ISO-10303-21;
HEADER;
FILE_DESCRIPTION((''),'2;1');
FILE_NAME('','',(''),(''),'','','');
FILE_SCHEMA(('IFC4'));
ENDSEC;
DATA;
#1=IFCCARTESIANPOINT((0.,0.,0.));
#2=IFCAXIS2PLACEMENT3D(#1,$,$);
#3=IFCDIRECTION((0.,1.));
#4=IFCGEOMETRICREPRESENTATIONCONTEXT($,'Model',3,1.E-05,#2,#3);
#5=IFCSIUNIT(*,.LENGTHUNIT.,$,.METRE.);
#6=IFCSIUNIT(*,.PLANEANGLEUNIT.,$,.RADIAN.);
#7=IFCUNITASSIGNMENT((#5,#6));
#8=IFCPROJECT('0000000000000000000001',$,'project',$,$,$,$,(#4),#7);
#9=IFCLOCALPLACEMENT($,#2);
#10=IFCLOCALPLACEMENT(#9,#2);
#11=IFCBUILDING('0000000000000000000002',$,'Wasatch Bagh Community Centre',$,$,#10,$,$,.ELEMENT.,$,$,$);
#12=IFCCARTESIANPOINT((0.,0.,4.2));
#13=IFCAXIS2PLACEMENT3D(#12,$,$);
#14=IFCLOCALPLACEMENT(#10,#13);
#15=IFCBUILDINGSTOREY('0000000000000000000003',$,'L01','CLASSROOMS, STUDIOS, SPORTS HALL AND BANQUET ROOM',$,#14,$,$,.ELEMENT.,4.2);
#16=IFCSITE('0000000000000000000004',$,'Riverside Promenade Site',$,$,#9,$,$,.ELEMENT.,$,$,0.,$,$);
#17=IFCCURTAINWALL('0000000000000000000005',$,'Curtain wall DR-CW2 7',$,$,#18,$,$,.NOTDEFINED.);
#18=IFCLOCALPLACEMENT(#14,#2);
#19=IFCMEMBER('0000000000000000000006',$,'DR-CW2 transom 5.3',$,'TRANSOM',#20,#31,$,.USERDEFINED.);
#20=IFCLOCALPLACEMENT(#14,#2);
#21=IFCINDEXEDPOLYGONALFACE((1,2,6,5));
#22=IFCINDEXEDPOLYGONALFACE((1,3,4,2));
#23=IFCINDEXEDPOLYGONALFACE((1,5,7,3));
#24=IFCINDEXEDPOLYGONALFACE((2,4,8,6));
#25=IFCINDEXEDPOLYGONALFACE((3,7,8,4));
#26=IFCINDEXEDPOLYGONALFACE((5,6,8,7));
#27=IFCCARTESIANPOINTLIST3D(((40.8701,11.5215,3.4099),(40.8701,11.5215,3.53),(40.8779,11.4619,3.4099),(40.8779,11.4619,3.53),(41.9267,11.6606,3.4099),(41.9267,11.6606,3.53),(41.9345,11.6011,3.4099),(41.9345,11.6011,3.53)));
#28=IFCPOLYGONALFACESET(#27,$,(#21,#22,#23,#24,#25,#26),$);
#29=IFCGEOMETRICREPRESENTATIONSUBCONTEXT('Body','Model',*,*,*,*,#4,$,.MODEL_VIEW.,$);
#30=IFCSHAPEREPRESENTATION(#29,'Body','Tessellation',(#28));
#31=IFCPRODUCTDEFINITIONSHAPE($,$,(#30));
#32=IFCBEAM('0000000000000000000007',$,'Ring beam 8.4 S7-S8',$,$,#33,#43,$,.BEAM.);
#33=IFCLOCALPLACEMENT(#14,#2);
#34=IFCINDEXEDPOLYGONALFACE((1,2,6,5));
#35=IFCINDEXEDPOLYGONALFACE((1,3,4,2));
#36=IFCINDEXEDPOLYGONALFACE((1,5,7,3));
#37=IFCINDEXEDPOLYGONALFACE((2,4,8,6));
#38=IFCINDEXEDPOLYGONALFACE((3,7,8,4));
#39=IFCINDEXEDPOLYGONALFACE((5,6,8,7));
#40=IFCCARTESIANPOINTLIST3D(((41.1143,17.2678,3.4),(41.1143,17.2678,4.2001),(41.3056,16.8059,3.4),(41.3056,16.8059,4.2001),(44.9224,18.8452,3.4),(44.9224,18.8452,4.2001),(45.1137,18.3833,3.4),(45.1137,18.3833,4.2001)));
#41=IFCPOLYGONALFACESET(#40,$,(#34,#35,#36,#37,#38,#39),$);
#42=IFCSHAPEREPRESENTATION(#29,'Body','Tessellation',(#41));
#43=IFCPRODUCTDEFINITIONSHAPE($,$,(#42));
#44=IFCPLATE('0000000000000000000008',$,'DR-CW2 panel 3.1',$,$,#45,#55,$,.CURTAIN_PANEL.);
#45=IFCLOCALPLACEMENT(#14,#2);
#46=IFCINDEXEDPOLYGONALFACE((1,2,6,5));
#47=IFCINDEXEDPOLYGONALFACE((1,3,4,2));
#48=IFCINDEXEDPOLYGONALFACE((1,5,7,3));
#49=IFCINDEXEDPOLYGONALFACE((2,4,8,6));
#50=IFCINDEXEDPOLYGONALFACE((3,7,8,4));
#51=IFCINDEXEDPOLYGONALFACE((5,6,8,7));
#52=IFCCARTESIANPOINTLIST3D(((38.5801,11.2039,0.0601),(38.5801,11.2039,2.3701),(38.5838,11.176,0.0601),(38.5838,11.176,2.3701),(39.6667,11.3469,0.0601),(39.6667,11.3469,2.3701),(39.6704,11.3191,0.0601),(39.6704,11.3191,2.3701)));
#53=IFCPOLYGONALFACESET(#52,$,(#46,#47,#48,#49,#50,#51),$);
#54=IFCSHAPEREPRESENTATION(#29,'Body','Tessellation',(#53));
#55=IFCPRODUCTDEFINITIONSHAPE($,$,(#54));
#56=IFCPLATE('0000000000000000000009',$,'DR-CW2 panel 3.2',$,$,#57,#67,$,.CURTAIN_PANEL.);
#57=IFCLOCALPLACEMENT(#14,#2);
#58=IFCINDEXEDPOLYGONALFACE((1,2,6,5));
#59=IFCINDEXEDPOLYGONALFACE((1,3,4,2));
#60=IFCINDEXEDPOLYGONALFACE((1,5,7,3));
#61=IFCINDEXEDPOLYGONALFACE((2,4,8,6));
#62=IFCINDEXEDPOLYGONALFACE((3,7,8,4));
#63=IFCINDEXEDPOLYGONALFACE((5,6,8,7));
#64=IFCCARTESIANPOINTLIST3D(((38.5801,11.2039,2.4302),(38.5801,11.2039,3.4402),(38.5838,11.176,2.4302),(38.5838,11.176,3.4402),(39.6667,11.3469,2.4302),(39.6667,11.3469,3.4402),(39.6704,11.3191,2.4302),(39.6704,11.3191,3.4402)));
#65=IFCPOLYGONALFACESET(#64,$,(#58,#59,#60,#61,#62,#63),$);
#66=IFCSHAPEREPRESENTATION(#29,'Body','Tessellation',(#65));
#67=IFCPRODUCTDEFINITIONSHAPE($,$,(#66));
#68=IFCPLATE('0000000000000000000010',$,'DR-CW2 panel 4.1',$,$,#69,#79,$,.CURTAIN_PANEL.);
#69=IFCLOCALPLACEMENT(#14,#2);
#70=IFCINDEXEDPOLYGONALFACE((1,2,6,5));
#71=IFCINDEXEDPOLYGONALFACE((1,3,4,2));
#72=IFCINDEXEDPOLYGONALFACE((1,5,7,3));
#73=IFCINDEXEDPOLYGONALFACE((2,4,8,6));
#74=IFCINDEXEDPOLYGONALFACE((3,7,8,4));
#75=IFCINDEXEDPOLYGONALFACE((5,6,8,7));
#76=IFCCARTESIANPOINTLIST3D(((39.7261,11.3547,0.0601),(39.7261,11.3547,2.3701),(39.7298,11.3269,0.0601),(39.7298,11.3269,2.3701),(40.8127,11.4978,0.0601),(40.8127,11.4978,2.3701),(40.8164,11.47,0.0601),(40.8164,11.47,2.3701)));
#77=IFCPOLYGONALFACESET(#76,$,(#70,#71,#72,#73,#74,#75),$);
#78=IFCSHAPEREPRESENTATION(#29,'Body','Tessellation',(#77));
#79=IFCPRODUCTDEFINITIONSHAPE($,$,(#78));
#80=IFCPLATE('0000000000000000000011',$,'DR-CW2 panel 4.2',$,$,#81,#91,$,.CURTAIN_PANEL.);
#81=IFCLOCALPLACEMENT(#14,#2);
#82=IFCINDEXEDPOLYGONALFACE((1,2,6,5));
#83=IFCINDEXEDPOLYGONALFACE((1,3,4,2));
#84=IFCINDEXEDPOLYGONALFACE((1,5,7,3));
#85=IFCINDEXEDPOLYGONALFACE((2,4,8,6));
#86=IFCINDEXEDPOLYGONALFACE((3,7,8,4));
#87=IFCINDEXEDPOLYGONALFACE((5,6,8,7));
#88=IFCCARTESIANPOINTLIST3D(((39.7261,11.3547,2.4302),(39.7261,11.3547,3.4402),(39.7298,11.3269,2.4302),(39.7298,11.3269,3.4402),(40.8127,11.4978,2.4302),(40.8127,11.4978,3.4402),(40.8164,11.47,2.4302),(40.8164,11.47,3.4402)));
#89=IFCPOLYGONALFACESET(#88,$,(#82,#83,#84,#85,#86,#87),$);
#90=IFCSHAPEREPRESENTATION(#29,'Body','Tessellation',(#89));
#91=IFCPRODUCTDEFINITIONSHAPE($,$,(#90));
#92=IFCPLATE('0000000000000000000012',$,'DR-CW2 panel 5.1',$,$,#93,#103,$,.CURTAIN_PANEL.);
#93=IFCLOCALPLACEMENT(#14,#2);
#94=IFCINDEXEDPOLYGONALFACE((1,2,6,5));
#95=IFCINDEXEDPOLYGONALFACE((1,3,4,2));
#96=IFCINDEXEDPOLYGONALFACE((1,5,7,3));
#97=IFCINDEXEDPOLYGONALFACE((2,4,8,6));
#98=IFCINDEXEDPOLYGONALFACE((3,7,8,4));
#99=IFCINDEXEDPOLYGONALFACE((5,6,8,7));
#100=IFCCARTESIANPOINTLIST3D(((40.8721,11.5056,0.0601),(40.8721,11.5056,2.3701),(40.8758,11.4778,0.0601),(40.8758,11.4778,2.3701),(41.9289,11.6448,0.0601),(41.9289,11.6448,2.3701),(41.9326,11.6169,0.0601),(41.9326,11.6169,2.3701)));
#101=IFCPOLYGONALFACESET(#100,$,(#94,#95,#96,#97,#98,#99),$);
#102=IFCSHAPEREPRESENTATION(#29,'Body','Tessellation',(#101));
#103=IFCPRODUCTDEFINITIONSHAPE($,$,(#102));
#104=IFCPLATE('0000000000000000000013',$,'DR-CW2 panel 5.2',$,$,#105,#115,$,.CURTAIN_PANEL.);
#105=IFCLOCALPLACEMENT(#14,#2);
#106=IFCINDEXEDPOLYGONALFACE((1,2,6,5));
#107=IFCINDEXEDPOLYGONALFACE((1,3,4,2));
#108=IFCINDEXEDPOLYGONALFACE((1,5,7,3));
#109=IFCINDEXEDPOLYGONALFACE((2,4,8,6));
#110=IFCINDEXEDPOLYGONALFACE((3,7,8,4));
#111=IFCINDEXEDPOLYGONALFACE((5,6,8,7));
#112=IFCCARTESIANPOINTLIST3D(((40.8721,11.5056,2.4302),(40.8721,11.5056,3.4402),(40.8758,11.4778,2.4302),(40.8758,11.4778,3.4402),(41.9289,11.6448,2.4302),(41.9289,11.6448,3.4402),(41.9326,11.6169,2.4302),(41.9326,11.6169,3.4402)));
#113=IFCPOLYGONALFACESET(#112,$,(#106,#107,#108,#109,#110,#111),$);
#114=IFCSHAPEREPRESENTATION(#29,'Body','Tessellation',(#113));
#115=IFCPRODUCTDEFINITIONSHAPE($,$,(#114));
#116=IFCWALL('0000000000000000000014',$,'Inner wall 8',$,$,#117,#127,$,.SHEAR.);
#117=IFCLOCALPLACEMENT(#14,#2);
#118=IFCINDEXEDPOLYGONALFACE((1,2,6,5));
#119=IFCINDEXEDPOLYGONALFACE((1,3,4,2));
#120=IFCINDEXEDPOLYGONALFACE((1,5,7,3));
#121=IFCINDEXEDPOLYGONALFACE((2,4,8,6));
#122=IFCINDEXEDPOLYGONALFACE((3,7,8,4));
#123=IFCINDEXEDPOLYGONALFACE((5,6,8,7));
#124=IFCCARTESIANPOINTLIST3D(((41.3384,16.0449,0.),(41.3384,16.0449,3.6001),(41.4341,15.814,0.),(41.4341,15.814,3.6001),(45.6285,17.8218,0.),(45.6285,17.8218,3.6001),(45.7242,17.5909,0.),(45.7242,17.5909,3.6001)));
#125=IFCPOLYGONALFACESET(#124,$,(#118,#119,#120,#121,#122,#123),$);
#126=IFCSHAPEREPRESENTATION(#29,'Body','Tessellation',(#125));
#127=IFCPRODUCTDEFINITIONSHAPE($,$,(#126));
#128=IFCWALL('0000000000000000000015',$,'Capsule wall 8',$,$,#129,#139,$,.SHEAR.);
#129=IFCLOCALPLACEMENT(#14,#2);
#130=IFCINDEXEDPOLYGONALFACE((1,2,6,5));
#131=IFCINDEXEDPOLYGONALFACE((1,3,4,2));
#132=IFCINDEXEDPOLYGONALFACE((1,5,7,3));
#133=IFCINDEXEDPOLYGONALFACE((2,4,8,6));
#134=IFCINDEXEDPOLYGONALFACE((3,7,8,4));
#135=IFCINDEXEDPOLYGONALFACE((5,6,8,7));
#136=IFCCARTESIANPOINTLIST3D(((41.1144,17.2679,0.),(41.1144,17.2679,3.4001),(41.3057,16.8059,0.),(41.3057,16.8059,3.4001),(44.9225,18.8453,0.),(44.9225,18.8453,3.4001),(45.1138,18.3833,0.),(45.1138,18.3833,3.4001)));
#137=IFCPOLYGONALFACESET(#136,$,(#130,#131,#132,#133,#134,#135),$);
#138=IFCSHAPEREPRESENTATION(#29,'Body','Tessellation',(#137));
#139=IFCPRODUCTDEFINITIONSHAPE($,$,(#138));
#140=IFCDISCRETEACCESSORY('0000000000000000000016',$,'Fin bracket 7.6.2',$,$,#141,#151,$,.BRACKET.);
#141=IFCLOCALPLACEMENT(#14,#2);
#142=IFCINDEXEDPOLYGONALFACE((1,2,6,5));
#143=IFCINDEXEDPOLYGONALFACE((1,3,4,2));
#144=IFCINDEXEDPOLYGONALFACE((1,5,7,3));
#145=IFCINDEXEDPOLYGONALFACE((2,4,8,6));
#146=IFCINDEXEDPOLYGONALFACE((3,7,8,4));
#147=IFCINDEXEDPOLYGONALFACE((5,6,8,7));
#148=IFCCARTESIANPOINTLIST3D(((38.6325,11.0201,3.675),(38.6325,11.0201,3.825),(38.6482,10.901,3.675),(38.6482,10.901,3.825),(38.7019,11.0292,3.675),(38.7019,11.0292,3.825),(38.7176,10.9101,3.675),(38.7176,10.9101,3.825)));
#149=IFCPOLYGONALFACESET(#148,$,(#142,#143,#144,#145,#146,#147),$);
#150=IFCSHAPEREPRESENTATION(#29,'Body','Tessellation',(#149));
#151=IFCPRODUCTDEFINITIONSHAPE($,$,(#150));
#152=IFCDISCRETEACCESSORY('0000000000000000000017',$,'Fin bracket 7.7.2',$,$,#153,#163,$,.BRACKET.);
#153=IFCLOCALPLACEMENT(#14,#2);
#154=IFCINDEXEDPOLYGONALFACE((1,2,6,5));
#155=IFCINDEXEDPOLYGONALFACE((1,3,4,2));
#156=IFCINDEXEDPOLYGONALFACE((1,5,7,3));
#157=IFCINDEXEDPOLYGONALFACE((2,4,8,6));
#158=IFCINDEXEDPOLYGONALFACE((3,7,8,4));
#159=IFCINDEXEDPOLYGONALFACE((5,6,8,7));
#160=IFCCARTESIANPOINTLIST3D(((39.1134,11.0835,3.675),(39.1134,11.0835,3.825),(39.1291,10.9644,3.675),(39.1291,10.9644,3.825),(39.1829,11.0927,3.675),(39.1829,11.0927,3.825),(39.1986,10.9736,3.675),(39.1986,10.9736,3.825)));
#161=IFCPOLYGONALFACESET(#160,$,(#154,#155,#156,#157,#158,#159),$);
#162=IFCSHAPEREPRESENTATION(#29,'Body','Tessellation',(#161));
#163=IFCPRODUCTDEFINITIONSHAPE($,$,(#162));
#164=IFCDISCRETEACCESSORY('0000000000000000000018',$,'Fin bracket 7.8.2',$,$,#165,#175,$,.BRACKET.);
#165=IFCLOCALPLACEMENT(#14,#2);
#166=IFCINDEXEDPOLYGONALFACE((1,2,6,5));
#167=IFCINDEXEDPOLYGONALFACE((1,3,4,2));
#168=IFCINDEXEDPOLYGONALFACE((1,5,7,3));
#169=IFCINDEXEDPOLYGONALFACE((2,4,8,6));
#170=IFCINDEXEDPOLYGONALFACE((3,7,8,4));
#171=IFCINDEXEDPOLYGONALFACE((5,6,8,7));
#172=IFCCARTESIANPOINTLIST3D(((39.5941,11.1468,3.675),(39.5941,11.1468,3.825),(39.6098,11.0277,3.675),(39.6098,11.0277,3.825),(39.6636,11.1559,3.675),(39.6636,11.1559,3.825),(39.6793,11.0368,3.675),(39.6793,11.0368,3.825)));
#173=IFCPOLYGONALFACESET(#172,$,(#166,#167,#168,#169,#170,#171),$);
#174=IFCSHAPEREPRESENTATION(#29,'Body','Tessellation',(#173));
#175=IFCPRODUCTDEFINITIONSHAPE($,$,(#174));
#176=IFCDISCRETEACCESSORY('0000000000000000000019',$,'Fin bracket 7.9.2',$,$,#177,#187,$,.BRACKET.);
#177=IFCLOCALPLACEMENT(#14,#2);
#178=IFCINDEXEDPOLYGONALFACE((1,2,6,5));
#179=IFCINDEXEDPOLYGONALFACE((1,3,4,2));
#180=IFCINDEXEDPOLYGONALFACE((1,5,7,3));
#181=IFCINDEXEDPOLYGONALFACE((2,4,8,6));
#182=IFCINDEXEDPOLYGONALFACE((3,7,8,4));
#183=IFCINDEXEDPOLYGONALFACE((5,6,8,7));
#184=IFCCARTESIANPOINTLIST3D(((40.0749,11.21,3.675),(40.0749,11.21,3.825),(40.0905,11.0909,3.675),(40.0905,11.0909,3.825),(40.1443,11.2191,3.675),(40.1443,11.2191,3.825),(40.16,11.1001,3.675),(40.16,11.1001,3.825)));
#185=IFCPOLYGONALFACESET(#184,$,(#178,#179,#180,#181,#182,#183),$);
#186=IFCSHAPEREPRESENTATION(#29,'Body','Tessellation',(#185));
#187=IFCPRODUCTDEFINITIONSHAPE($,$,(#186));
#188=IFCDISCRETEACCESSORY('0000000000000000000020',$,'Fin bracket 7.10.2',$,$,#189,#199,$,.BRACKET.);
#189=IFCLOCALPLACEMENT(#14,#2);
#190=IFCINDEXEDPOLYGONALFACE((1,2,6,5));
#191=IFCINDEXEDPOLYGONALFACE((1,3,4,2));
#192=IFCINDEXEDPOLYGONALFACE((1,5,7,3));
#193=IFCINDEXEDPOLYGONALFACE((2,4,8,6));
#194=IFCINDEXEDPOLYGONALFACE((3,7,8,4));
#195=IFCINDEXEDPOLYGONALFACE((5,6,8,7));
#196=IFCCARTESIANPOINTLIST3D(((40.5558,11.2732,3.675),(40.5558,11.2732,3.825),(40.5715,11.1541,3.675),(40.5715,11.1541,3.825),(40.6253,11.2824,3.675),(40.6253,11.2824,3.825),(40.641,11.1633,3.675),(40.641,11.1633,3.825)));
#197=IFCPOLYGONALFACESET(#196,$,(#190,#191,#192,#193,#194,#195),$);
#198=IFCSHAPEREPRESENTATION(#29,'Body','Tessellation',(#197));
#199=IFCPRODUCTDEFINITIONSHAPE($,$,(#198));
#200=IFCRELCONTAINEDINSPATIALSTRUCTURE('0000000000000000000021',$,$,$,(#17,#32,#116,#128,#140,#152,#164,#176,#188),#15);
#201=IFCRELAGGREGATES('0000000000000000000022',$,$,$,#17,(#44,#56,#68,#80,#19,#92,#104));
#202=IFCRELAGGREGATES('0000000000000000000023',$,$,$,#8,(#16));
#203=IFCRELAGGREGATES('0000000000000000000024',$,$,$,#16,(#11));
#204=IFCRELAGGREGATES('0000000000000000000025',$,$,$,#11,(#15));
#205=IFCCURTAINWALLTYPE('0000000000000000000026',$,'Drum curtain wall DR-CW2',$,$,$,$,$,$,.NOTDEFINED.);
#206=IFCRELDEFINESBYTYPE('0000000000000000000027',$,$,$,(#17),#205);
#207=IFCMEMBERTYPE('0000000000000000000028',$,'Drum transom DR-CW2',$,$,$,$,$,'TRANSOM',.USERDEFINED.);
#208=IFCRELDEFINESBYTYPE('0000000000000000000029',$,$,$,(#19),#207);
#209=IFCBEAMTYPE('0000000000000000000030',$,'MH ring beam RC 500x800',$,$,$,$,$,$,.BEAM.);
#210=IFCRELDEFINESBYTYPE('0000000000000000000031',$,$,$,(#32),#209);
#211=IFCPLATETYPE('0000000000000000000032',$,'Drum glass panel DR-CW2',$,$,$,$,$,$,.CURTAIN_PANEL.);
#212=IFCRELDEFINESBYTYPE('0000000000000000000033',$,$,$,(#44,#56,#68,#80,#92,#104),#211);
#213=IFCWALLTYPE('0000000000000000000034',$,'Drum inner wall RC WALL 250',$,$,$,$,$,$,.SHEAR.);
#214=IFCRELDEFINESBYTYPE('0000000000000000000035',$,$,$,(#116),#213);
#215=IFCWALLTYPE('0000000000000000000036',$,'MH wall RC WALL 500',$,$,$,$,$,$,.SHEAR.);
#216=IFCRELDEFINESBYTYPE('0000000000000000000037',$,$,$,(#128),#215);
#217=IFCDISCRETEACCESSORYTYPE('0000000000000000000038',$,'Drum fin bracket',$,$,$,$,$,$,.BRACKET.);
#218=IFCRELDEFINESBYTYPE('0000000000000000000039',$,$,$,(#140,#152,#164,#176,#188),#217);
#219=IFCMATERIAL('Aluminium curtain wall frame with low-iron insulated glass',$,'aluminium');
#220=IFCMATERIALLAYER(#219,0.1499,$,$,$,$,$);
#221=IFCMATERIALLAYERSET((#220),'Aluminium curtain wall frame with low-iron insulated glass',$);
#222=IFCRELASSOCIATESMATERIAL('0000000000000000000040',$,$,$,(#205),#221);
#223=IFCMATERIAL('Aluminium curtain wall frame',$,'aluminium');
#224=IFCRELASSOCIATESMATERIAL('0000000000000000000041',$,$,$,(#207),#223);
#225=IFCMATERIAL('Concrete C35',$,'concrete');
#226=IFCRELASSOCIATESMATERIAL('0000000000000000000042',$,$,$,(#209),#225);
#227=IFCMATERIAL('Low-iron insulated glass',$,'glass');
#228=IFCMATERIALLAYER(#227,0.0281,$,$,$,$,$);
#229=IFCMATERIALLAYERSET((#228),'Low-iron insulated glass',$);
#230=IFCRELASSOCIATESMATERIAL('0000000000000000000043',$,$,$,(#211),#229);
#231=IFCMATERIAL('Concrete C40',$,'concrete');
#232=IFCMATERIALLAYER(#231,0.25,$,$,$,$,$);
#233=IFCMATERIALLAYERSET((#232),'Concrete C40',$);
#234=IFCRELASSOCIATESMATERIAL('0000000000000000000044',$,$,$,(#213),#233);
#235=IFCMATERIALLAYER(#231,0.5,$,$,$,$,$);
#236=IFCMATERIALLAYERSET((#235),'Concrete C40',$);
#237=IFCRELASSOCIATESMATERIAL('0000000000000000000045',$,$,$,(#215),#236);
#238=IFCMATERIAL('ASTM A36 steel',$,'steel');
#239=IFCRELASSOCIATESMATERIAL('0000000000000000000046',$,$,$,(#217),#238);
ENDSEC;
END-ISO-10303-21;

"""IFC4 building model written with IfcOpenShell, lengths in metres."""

from ifc_helpers import new_model, si_unit, direction, frame, frame_2d, origin, origin_2d, place, context, subcontext, project, spatial, rectangle, extrude, material, layer, layer_set, material_profile, profile_set, type_object, element, aggregate, save


model = new_model("IFC4")

# Units and contexts
model_context = context("Model", 3, precision=1e-05, world=origin(), true_north=direction((0.0, 1.0)))
body_context = subcontext(model_context, "Body", "Model", "MODEL_VIEW")
ifc_project = project(units=[si_unit("LENGTHUNIT", "METRE"), si_unit("PLANEANGLEUNIT", "RADIAN")], contexts=[model_context])

# Site, building, storey
site_placement = place(None, origin())
site = spatial("IfcSite", under=ifc_project, at=site_placement, Name="Riverside Promenade Site", CompositionType="ELEMENT", RefElevation=0.0)
building_placement = place(site_placement, origin())
building = spatial("IfcBuilding", under=site, at=building_placement, Name="Wasatch Bagh Community Centre", CompositionType="ELEMENT")
storey_placement = place(building_placement, frame((0.0, 0.0, 4.2)))
storey = spatial("IfcBuildingStorey", under=building, at=storey_placement, Name="L01", Description="CLASSROOMS, STUDIOS, SPORTS HALL AND BANQUET ROOM", CompositionType="ELEMENT", Elevation=4.2)

# Shared definitions
ifc_material_1 = material(Name="Concrete C40", Category="concrete")

# Curtain wall
ifc_material_2 = material(Name="Aluminium curtain wall frame with low-iron insulated glass", Category="aluminium")
ifc_layer_1 = layer(ifc_material_2, 0.1499)
ifc_layer_set_1 = layer_set([ifc_layer_1], Name="Aluminium curtain wall frame with low-iron insulated glass")
curtain_wall_type = type_object("IfcCurtainWallType", Name="Drum curtain wall DR-CW2", PredefinedType="NOTDEFINED", material=ifc_layer_set_1)
curtain_wall_placement = place(storey_placement, origin())
curtain_wall = element("IfcCurtainWall", 1, at=curtain_wall_placement, inside=storey, type_object=curtain_wall_type, Name="Curtain wall DR-CW2 7", PredefinedType="NOTDEFINED")
ifc_material_3 = material(Name="Aluminium curtain wall frame", Category="aluminium")

# Shared definitions
ifc_material_4 = material(Name="Concrete C35", Category="concrete")

# Member
ifc_material_profile_1 = material_profile(ifc_material_3, rectangle(XDim=0.0601, YDim=0.1201, at=origin_2d()), Name="Drum transom DR-CW2")
ifc_profile_set_1 = profile_set([ifc_material_profile_1], Name="Aluminium curtain wall frame")
member_type_1 = type_object("IfcMemberType", Name="Drum transom DR-CW2", ElementType="TRANSOM", PredefinedType="USERDEFINED", material=ifc_profile_set_1)
member_1_placement = place(storey_placement, frame((40.874, 11.4917, 3.47), z_axis=(0.991439, 0.130573, 0.0), x_axis=(-0.130573, 0.991439, 0.0)))
member_1 = element("IfcMember", 2, at=member_1_placement, type_object=member_type_1, Name="DR-CW2 transom 5.3", ObjectType="TRANSOM", PredefinedType="USERDEFINED", context=body_context, shape_type="SweptSolid", body=[
    extrude(rectangle(XDim=0.0601, YDim=0.1201, at=origin_2d()), origin(), (0.0, 0.0, 1.0), 1.0657),
])

# Beam
ifc_material_profile_2 = material_profile(ifc_material_4, rectangle(XDim=0.5, YDim=0.8, at=origin_2d()), Name="RC 500x800")
ifc_profile_set_2 = profile_set([ifc_material_profile_2], Name="Concrete C35")
beam_type_1 = type_object("IfcBeamType", Name="MH ring beam RC 500x800", PredefinedType="BEAM", material=ifc_profile_set_2)
beam_1_placement = place(storey_placement, frame((41.21, 17.0369, 3.8), z_axis=(0.923878, 0.382688, 0.0), x_axis=(-0.382688, 0.923878, 0.0)))
element("IfcBeam", 3, at=beam_1_placement, inside=storey, type_object=beam_type_1, Name="Ring beam 8.4 S7-S8", PredefinedType="BEAM", context=body_context, shape_type="SweptSolid", body=[
    extrude(rectangle(XDim=0.5, YDim=0.8, at=origin_2d()), origin(), (0.0, 0.0, 1.0), 4.1218),
])

# Plates
ifc_material_5 = material(Name="Low-iron insulated glass", Category="glass")
ifc_layer_2 = layer(ifc_material_5, 0.0281)
ifc_layer_set_2 = layer_set([ifc_layer_2], Name="Low-iron insulated glass")
plate_type = type_object("IfcPlateType", Name="Drum glass panel DR-CW2", PredefinedType="CURTAIN_PANEL", material=ifc_layer_set_2)
plate_1_placement = place(storey_placement, frame((39.1252, 11.2615, 0.0601), z_axis=(0.0, 0.0, 1.0), x_axis=(0.991445, 0.130526, 0.0)))
plate_1 = element("IfcPlate", 4, at=plate_1_placement, type_object=plate_type, Name="DR-CW2 panel 3.1", PredefinedType="CURTAIN_PANEL", context=body_context, shape_type="SweptSolid", body=[
    extrude(rectangle(XDim=1.0959, YDim=0.0281, at=origin_2d()), origin(), (0.0, 0.0, 1.0), 2.3101),
])
plate_2_placement = place(storey_placement, frame((39.1252, 11.2615, 2.4302), z_axis=(0.0, 0.0, 1.0), x_axis=(0.991445, 0.130526, 0.0)))
plate_2 = element("IfcPlate", 5, at=plate_2_placement, type_object=plate_type, Name="DR-CW2 panel 3.2", PredefinedType="CURTAIN_PANEL", context=body_context, shape_type="SweptSolid", body=[
    extrude(rectangle(XDim=1.0959, YDim=0.0281, at=origin_2d()), origin(), (0.0, 0.0, 1.0), 1.01),
])
plate_3_placement = place(storey_placement, frame((40.2712, 11.4124, 0.0601), z_axis=(0.0, 0.0, 1.0), x_axis=(0.991445, 0.130526, 0.0)))
plate_3 = element("IfcPlate", 6, at=plate_3_placement, type_object=plate_type, Name="DR-CW2 panel 4.1", PredefinedType="CURTAIN_PANEL", context=body_context, shape_type="SweptSolid", body=[
    extrude(rectangle(XDim=1.0959, YDim=0.0281, at=origin_2d()), origin(), (0.0, 0.0, 1.0), 2.3101),
])
plate_4_placement = place(storey_placement, frame((40.2712, 11.4124, 2.4302), z_axis=(0.0, 0.0, 1.0), x_axis=(0.991445, 0.130526, 0.0)))
plate_4 = element("IfcPlate", 7, at=plate_4_placement, type_object=plate_type, Name="DR-CW2 panel 4.2", PredefinedType="CURTAIN_PANEL", context=body_context, shape_type="SweptSolid", body=[
    extrude(rectangle(XDim=1.0959, YDim=0.0281, at=origin_2d()), origin(), (0.0, 0.0, 1.0), 1.01),
])
plate_5_placement = place(storey_placement, frame((41.4023, 11.5613, 0.0601), z_axis=(0.0, 0.0, 1.0), x_axis=(0.991445, 0.130526, 0.0)))
plate_5 = element("IfcPlate", 8, at=plate_5_placement, type_object=plate_type, Name="DR-CW2 panel 5.1", PredefinedType="CURTAIN_PANEL", context=body_context, shape_type="SweptSolid", body=[
    extrude(rectangle(XDim=1.0659, YDim=0.0281, at=origin_2d()), origin(), (0.0, 0.0, 1.0), 2.3101),
])
plate_6_placement = place(storey_placement, frame((41.4023, 11.5613, 2.4302), z_axis=(0.0, 0.0, 1.0), x_axis=(0.991445, 0.130526, 0.0)))
plate_6 = element("IfcPlate", 9, at=plate_6_placement, type_object=plate_type, Name="DR-CW2 panel 5.2", PredefinedType="CURTAIN_PANEL", context=body_context, shape_type="SweptSolid", body=[
    extrude(rectangle(XDim=1.0659, YDim=0.0281, at=origin_2d()), origin(), (0.0, 0.0, 1.0), 1.01),
])
aggregate(curtain_wall, [plate_1, plate_2, plate_3, plate_4, member_1, plate_5, plate_6])

# Walls
ifc_layer_3 = layer(ifc_material_1, 0.25)
ifc_layer_set_3 = layer_set([ifc_layer_3], Name="Concrete C40")
wall_type_1 = type_object("IfcWallType", Name="Drum inner wall RC WALL 250", PredefinedType="SHEAR", material=ifc_layer_set_3)
wall_1_placement = place(storey_placement, frame((41.3862, 15.9294, 0.0), z_axis=(0.0, 0.0, 1.0), x_axis=(0.92389, 0.382658, 0.0)))
element("IfcWall", 10, at=wall_1_placement, inside=storey, type_object=wall_type_1, Name="Inner wall 8", PredefinedType="SHEAR", context=body_context, shape_type="SweptSolid", body=[
    extrude(rectangle(XDim=4.6436, YDim=0.25, at=frame_2d((2.3218, 0.0))), origin(), (0.0, 0.0, 1.0), 3.6001),
])
ifc_layer_4 = layer(ifc_material_1, 0.5)
ifc_layer_set_4 = layer_set([ifc_layer_4], Name="Concrete C40")
wall_type_2 = type_object("IfcWallType", Name="MH wall RC WALL 500", PredefinedType="SHEAR", material=ifc_layer_set_4)
wall_2_placement = place(storey_placement, frame((41.21, 17.0369, 0.0), z_axis=(0.0, 0.0, 1.0), x_axis=(0.923878, 0.382688, 0.0)))
element("IfcWall", 11, at=wall_2_placement, inside=storey, type_object=wall_type_2, Name="Capsule wall 8", PredefinedType="SHEAR", context=body_context, shape_type="SweptSolid", body=[
    extrude(rectangle(XDim=4.1218, YDim=0.5, at=frame_2d((2.061, 0.0))), origin(), (0.0, 0.0, 1.0), 3.4001),
])

# Discrete accessories
ifc_material_6 = material(Name="ASTM A36 steel", Category="steel")
discrete_accessory_type = type_object("IfcDiscreteAccessoryType", Name="Drum fin bracket", PredefinedType="BRACKET", material=ifc_material_6)
for number, where, z_axis, x_axis, name in (
    (12, (38.675, 10.9651, 3.675), (0.0, 0.0, 1.0), (0.991445, 0.130526, 0.0), "Fin bracket 7.6.2"),
    (13, (39.156, 11.0286, 3.675), (0.0, 0.0, 1.0), (0.991445, 0.130526, 0.0), "Fin bracket 7.7.2"),
    (14, (39.6367, 11.0918, 3.675), (0.0, 0.0, 1.0), (0.991445, 0.130526, 0.0), "Fin bracket 7.8.2"),
    (15, (40.1174, 11.155, 3.675), (0.0, 0.0, 1.0), (0.991445, 0.130526, 0.0), "Fin bracket 7.9.2"),
    (16, (40.5984, 11.2183, 3.675), (0.0, 0.0, 1.0), (0.991445, 0.130526, 0.0), "Fin bracket 7.10.2"),
):
    element("IfcDiscreteAccessory", number, at=place(storey_placement, frame(where, z_axis=z_axis, x_axis=x_axis)), inside=storey, type_object=discrete_accessory_type, Name=name, PredefinedType="BRACKET", context=body_context, shape_type="SweptSolid", body=[
        extrude(rectangle(XDim=0.0701, YDim=0.1201, at=origin_2d()), origin(), (0.0, 0.0, 1.0), 0.1499),
    ])

save(model, "model.ifc")
